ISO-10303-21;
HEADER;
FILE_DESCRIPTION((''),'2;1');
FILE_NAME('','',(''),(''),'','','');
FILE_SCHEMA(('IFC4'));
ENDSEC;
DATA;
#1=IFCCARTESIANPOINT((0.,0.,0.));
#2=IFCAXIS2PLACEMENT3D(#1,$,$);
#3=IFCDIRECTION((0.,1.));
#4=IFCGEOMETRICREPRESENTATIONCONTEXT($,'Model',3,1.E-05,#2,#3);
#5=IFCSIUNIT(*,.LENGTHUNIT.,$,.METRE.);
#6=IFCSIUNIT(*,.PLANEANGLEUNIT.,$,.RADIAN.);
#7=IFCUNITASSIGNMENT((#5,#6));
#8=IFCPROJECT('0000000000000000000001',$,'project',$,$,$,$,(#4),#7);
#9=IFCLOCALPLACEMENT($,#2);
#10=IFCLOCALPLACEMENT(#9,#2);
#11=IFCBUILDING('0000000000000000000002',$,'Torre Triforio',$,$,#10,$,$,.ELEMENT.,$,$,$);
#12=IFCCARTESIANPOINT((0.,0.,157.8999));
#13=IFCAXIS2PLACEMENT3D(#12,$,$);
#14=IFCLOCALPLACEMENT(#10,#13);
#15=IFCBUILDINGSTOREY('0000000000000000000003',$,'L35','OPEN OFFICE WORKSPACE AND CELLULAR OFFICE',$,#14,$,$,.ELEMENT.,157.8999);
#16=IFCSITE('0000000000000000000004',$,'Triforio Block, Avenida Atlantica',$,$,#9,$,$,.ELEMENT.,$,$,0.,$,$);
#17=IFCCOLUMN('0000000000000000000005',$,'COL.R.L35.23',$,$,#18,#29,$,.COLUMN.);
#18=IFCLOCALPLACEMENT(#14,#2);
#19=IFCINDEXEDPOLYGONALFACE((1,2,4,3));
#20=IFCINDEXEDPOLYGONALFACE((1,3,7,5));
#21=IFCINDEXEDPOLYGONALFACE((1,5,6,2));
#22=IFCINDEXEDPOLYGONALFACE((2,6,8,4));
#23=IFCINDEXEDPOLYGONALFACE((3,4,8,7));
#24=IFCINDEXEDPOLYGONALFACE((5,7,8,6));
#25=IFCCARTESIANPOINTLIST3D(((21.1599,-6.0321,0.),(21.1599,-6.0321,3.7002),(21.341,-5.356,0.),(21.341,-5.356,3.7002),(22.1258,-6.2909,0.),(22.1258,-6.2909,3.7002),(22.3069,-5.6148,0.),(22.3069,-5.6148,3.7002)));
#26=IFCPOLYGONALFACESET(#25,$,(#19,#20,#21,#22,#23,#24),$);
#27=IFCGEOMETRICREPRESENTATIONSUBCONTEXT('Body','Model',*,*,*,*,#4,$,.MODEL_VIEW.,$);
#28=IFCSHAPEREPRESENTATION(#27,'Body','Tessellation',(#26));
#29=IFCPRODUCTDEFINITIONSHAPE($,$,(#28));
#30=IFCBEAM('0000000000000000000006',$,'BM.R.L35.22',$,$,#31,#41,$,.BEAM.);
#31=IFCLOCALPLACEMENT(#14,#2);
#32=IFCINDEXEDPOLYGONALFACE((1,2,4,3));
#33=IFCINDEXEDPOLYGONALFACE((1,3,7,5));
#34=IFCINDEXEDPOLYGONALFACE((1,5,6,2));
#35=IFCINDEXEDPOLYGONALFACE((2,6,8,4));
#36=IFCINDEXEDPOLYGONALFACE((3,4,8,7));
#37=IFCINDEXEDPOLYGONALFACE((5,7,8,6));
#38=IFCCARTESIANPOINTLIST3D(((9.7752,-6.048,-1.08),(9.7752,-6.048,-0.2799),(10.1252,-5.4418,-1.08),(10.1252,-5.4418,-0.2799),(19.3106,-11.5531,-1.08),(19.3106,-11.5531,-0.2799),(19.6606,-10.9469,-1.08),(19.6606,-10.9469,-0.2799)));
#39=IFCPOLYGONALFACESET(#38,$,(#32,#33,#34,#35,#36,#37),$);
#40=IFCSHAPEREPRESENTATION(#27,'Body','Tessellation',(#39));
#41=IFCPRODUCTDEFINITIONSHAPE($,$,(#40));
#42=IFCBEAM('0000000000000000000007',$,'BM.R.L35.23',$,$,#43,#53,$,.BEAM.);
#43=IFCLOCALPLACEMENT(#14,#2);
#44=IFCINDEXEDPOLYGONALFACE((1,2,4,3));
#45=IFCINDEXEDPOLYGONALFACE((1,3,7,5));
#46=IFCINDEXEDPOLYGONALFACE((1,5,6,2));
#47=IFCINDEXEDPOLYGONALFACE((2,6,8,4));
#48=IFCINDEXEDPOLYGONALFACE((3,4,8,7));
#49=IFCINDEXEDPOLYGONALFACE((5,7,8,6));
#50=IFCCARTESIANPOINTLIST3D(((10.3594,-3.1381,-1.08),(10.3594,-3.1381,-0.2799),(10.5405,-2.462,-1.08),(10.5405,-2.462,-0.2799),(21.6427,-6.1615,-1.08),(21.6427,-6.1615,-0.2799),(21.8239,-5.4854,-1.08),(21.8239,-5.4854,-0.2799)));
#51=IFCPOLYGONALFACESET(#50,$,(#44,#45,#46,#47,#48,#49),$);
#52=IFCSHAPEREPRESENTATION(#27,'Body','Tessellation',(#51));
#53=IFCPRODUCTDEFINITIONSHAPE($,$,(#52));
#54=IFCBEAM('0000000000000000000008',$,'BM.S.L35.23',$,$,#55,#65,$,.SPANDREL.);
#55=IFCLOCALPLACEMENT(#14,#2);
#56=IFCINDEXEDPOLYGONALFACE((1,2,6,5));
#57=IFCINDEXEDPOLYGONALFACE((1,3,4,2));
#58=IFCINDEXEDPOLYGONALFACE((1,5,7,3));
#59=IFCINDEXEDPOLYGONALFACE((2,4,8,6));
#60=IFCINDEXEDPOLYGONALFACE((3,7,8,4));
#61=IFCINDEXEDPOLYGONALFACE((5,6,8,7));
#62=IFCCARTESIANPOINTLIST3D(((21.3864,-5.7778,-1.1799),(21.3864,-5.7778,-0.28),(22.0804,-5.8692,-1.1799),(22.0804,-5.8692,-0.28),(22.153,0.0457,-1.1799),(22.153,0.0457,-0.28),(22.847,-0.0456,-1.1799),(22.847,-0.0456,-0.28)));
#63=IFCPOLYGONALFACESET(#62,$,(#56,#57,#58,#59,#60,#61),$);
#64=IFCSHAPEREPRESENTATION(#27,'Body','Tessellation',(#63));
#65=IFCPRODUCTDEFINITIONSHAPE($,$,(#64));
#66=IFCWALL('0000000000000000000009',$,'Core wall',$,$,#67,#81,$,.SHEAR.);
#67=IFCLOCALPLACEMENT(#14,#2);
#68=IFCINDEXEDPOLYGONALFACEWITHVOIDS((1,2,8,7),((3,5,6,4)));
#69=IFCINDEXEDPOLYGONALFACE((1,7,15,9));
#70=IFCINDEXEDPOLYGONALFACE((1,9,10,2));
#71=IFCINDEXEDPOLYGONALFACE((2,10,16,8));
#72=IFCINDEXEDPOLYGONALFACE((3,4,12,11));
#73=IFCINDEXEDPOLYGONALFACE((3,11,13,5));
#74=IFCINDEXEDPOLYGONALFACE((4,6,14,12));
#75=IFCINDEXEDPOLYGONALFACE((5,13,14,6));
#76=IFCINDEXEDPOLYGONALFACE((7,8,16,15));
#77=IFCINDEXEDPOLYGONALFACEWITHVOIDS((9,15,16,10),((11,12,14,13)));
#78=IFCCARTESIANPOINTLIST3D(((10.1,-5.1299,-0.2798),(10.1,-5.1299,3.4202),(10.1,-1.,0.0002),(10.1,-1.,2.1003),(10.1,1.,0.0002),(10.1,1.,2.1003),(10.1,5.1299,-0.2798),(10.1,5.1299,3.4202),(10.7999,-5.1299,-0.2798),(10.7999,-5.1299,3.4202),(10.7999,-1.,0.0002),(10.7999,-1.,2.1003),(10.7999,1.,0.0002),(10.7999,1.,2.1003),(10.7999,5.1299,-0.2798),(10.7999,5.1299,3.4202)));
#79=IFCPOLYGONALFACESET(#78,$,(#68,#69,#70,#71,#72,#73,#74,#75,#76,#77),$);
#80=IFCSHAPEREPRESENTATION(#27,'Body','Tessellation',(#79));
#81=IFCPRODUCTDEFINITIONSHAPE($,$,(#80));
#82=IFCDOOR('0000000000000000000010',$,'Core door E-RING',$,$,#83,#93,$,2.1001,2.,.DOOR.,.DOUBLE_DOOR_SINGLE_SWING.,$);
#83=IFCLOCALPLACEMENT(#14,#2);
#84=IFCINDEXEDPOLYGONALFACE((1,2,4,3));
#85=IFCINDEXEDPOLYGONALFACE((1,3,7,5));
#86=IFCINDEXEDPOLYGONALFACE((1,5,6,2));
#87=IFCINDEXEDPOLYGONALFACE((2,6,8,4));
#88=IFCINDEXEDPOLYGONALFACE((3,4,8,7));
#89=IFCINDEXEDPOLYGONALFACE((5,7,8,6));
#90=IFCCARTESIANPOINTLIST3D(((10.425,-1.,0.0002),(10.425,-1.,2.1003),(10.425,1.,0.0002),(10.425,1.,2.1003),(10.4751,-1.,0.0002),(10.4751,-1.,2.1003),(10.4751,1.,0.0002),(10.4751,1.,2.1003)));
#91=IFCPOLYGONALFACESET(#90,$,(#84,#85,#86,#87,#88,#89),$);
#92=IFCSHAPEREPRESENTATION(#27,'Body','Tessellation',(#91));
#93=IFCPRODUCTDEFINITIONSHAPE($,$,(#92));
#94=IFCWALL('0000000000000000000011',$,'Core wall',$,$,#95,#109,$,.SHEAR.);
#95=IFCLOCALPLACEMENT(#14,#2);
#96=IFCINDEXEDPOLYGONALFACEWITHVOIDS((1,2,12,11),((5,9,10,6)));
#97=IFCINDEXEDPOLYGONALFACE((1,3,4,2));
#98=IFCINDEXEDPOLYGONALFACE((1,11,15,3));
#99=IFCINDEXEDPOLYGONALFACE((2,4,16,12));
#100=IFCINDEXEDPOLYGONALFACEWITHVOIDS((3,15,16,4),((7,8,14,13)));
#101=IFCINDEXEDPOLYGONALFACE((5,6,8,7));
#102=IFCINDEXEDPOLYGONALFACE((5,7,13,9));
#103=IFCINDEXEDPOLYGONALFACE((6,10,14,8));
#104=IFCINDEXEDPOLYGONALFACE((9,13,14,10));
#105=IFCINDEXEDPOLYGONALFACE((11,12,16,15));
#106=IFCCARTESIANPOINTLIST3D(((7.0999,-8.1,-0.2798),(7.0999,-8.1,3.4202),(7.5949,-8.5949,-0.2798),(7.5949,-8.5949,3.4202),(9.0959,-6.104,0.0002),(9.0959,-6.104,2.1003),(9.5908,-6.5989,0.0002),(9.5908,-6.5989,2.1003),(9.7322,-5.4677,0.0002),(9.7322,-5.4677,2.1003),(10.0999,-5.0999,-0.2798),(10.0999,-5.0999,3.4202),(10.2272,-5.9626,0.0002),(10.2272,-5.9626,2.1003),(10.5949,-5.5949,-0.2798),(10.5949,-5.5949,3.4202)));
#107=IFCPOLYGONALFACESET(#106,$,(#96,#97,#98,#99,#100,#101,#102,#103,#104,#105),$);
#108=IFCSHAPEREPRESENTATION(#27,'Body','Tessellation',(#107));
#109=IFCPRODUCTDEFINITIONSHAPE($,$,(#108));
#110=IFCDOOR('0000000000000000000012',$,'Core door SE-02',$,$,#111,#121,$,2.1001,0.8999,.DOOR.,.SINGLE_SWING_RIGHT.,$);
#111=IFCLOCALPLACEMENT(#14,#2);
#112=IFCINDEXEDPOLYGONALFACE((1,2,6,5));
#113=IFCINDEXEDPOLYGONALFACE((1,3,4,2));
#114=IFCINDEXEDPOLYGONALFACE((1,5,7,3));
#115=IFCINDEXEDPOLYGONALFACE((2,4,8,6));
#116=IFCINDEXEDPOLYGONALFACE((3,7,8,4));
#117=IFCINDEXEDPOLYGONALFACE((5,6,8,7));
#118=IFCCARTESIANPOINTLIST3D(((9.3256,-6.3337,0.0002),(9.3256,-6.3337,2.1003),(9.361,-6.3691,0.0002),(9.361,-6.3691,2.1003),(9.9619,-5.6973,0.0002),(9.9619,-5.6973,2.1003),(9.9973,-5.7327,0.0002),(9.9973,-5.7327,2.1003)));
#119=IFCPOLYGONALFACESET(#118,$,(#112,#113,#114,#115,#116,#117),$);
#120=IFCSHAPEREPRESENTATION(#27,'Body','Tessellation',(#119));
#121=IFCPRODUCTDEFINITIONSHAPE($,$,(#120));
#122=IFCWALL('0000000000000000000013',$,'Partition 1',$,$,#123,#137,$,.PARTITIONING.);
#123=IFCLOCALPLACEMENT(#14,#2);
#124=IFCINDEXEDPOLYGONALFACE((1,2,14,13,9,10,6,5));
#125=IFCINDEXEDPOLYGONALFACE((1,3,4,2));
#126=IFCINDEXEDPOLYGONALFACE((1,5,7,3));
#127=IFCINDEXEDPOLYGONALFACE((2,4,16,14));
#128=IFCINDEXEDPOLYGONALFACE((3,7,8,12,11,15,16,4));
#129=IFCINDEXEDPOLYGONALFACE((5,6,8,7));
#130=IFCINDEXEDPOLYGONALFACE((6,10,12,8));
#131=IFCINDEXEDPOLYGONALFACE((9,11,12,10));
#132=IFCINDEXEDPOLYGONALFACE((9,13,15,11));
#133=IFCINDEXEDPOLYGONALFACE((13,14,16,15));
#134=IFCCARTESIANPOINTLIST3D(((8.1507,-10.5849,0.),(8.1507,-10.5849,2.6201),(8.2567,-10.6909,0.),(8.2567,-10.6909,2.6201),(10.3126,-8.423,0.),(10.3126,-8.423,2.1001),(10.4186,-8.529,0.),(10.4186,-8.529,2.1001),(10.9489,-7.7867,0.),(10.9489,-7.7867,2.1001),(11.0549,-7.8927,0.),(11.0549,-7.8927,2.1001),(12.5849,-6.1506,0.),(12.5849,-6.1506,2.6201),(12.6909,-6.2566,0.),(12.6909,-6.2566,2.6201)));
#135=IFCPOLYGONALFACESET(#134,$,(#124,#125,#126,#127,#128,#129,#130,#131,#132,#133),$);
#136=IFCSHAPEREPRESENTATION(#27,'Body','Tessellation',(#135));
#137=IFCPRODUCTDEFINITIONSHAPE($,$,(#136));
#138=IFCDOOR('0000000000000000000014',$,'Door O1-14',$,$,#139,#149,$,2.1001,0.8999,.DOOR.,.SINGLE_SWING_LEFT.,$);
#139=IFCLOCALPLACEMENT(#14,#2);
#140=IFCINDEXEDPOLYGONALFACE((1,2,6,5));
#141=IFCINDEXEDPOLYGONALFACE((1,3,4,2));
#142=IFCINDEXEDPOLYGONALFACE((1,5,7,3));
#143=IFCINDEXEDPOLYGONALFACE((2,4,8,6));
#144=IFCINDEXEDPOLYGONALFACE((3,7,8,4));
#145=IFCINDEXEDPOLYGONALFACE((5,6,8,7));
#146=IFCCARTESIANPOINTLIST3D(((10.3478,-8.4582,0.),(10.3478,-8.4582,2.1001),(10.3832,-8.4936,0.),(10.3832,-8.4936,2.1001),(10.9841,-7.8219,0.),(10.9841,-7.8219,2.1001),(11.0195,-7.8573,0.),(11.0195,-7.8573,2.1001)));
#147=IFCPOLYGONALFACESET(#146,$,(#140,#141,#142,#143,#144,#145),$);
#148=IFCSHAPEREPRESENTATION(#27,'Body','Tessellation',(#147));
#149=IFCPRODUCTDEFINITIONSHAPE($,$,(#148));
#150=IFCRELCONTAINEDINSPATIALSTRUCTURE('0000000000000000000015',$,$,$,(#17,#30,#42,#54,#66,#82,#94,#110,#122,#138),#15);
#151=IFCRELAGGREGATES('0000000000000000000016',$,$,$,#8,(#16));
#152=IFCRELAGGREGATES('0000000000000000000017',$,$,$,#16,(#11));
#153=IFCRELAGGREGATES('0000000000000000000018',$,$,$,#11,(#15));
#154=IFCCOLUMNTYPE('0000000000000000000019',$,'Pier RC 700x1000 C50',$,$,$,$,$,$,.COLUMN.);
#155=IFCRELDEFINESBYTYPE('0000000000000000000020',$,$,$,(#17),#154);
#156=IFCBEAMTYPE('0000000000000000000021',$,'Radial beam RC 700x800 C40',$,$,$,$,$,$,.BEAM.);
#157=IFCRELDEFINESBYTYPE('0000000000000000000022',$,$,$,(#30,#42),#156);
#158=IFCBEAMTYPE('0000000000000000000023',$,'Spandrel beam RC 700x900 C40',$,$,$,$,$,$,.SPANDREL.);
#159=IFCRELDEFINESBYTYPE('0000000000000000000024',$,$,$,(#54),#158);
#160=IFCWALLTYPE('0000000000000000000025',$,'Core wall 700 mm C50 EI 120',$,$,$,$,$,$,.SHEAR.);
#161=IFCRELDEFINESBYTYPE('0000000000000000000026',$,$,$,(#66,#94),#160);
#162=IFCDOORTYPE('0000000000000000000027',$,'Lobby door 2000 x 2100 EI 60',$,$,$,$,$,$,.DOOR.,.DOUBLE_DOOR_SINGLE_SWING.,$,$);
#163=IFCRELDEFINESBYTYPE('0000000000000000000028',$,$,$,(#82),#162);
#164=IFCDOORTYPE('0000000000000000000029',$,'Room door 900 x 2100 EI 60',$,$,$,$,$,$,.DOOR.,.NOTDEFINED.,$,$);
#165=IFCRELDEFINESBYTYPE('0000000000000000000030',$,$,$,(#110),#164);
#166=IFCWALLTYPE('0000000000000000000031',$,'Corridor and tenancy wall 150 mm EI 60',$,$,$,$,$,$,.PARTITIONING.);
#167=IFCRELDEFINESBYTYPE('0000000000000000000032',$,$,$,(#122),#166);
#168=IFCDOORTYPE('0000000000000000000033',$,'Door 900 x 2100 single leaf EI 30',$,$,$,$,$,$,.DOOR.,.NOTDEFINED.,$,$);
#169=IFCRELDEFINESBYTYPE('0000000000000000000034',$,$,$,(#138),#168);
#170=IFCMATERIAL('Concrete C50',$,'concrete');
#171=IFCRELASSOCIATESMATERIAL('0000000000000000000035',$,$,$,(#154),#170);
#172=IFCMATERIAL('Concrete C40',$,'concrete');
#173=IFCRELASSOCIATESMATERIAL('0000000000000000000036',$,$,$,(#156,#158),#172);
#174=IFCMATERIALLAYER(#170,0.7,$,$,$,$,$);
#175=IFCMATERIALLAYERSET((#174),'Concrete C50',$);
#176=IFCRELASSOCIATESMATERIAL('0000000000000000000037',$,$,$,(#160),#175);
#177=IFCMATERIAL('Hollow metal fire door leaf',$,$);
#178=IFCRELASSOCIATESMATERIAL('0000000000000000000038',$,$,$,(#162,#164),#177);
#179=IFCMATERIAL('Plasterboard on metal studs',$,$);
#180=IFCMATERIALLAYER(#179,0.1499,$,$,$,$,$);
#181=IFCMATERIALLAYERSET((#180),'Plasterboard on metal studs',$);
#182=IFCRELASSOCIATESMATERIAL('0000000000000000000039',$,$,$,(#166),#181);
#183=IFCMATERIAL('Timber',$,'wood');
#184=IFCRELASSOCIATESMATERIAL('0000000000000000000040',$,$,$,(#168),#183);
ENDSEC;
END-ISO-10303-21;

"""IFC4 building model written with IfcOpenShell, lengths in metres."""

from ifc_helpers import new_model, si_unit, direction, frame, frame_2d, origin, origin_2d, place, context, subcontext, project, spatial, rectangle, extrude, material, layer, layer_set, material_profile, profile_set, type_object, element, fill, save


model = new_model("IFC4")

# Units and contexts
model_context = context("Model", 3, precision=1e-05, world=origin(), true_north=direction((0.0, 1.0)))
body_context = subcontext(model_context, "Body", "Model", "MODEL_VIEW")
ifc_project = project(units=[si_unit("LENGTHUNIT", "METRE"), si_unit("PLANEANGLEUNIT", "RADIAN")], contexts=[model_context])

# Site, building, storey
site_placement = place(None, origin())
site = spatial("IfcSite", under=ifc_project, at=site_placement, Name="Triforio Block, Avenida Atlantica", CompositionType="ELEMENT", RefElevation=0.0)
building_placement = place(site_placement, origin())
building = spatial("IfcBuilding", under=site, at=building_placement, Name="Torre Triforio", CompositionType="ELEMENT")
storey_placement = place(building_placement, frame((0.0, 0.0, 157.8999)))
storey = spatial("IfcBuildingStorey", under=building, at=storey_placement, Name="L35", Description="OPEN OFFICE WORKSPACE AND CELLULAR OFFICE", CompositionType="ELEMENT", Elevation=157.8999)

# Column
ifc_material_1 = material(Name="Concrete C50", Category="concrete")
ifc_material_profile_1 = material_profile(ifc_material_1, rectangle(XDim=0.7, YDim=1.0, at=origin_2d()), Name="RC 700x1000")
ifc_profile_set_1 = profile_set([ifc_material_profile_1], Name="Concrete C50")
column_type = type_object("IfcColumnType", Name="Pier RC 700x1000 C50", PredefinedType="COLUMN", material=ifc_profile_set_1)
column_placement = place(storey_placement, frame((21.7334, -5.8235, 0.0), z_axis=(0.0, 0.0, 1.0), x_axis=(0.258819, 0.965926, 0.0)))
element("IfcColumn", 1, at=column_placement, inside=storey, type_object=column_type, Name="COL.R.L35.23", PredefinedType="COLUMN", context=body_context, shape_type="SweptSolid", body=[
    extrude(rectangle(XDim=0.7, YDim=1.0, at=origin_2d()), origin(), (0.0, 0.0, 1.0), 3.7002),
])

# Beams
ifc_material_2 = material(Name="Concrete C40", Category="concrete")
ifc_material_profile_2 = material_profile(ifc_material_2, rectangle(XDim=0.7, YDim=0.8, at=origin_2d()), Name="RC 700x800")
ifc_profile_set_2 = profile_set([ifc_material_profile_2], Name="Concrete C40")
beam_type_1 = type_object("IfcBeamType", Name="Radial beam RC 700x800 C40", PredefinedType="BEAM", material=ifc_profile_set_2)
beam_1_placement = place(storey_placement, frame((9.9502, -5.7449, -0.6799), z_axis=(0.866031, -0.499991, 0.0), x_axis=(0.499991, 0.866031, 0.0)))
element("IfcBeam", 2, at=beam_1_placement, inside=storey, type_object=beam_type_1, Name="BM.R.L35.22", PredefinedType="BEAM", context=body_context, shape_type="SweptSolid", body=[
    extrude(rectangle(XDim=0.7, YDim=0.8, at=origin_2d()), origin(), (0.0, 0.0, 1.0), 11.0105),
])
beam_2_placement = place(storey_placement, frame((10.45, -2.8, -0.6799), z_axis=(0.965925, -0.258823, 0.0), x_axis=(0.258823, 0.965925, 0.0)))
element("IfcBeam", 3, at=beam_2_placement, inside=storey, type_object=beam_type_1, Name="BM.R.L35.23", PredefinedType="BEAM", context=body_context, shape_type="SweptSolid", body=[
    extrude(rectangle(XDim=0.7, YDim=0.8, at=origin_2d()), origin(), (0.0, 0.0, 1.0), 11.6814),
])
ifc_material_profile_3 = material_profile(ifc_material_2, rectangle(XDim=0.7, YDim=0.8999, at=origin_2d()), Name="RC 700x900")
ifc_profile_set_3 = profile_set([ifc_material_profile_3], Name="Concrete C40")
beam_type_2 = type_object("IfcBeamType", Name="Spandrel beam RC 700x900 C40", PredefinedType="SPANDREL", material=ifc_profile_set_3)
beam_3_placement = place(storey_placement, frame((21.7334, -5.8235, -0.73), z_axis=(0.130514, 0.991447, 0.0), x_axis=(-0.991447, 0.130514, 0.0)))
element("IfcBeam", 4, at=beam_3_placement, inside=storey, type_object=beam_type_2, Name="BM.S.L35.23", PredefinedType="SPANDREL", context=body_context, shape_type="SweptSolid", body=[
    extrude(rectangle(XDim=0.7, YDim=0.8999, at=origin_2d()), origin(), (0.0, 0.0, 1.0), 5.8738),
])

# Walls, openings, doors
ifc_layer_1 = layer(ifc_material_1, 0.7)
ifc_layer_set_1 = layer_set([ifc_layer_1], Name="Concrete C50")
wall_type_1 = type_object("IfcWallType", Name="Core wall 700 mm C50 EI 120", PredefinedType="SHEAR", material=ifc_layer_set_1)
wall_1_placement = place(storey_placement, frame((10.45, -5.1299, -0.2798), z_axis=(0.0, 0.0, 1.0), x_axis=(0.0, 1.0, 0.0)))
wall_1 = element("IfcWall", 5, at=wall_1_placement, inside=storey, type_object=wall_type_1, Name="Core wall", PredefinedType="SHEAR", context=body_context, shape_type="SweptSolid", body=[
    extrude(rectangle(XDim=10.2598, YDim=0.7, at=frame_2d((5.1299, 0.0))), origin(), (0.0, 0.0, 1.0), 3.7),
])
opening_1_placement = place(wall_1_placement, frame((4.1299, 0.0, 0.28)))
opening_1 = element("IfcOpeningElement", 6, at=opening_1_placement, cuts=wall_1, PredefinedType="OPENING", context=body_context, shape_type="SweptSolid", body=[
    extrude(rectangle(XDim=2.0, YDim=2.1001, at=frame_2d((1.0, 1.05))), frame((0.0, 0.3599, 0.0), z_axis=(0.0, -1.0, 0.0), x_axis=(1.0, 0.0, 0.0)), (0.0, 0.0, 1.0), 0.72),
])
ifc_material_3 = material(Name="Hollow metal fire door leaf")
door_type_1 = type_object("IfcDoorType", Name="Lobby door 2000 x 2100 EI 60", OperationType="DOUBLE_DOOR_SINGLE_SWING", PredefinedType="DOOR", material=ifc_material_3)
door_1_placement = place(opening_1_placement, origin())
door_1 = element("IfcDoor", 7, at=door_1_placement, inside=storey, type_object=door_type_1, Name="Core door E-RING", OperationType="DOUBLE_DOOR_SINGLE_SWING", OverallHeight=2.1001, OverallWidth=2.0, PredefinedType="DOOR", context=body_context, shape_type="SweptSolid", body=[
    extrude(rectangle(XDim=2.0, YDim=2.1001, at=frame_2d((1.0, 1.05))), frame((0.0, 0.0249, 0.0), z_axis=(0.0, -1.0, 0.0), x_axis=(1.0, 0.0, 0.0)), (0.0, 0.0, 1.0), 0.05),
])
fill(opening_1, door_1)
wall_2_placement = place(storey_placement, frame((10.3474, -5.3474, -0.2798), z_axis=(0.0, 0.0, 1.0), x_axis=(-0.707107, -0.707107, 0.0)))
wall_2 = element("IfcWall", 8, at=wall_2_placement, inside=storey, type_object=wall_type_1, Name="Core wall", PredefinedType="SHEAR", context=body_context, shape_type="SweptSolid", body=[
    extrude(rectangle(XDim=4.2427, YDim=0.7, at=frame_2d((2.1213, 0.0))), origin(), (0.0, 0.0, 1.0), 3.7),
])
opening_2_placement = place(wall_2_placement, frame((0.52, 0.0, 0.28)))
opening_2 = element("IfcOpeningElement", 9, at=opening_2_placement, cuts=wall_2, PredefinedType="OPENING", context=body_context, shape_type="SweptSolid", body=[
    extrude(rectangle(XDim=0.8999, YDim=2.1001, at=frame_2d((0.45, 1.05))), frame((0.0, 0.3599, 0.0), z_axis=(0.0, -1.0, 0.0), x_axis=(1.0, 0.0, 0.0)), (0.0, 0.0, 1.0), 0.72),
])
door_type_2 = type_object("IfcDoorType", Name="Room door 900 x 2100 EI 60", OperationType="NOTDEFINED", PredefinedType="DOOR", material=ifc_material_3)
door_2_placement = place(opening_2_placement, origin())
door_2 = element("IfcDoor", 10, at=door_2_placement, inside=storey, type_object=door_type_2, Name="Core door SE-02", OperationType="SINGLE_SWING_RIGHT", OverallHeight=2.1001, OverallWidth=0.8999, PredefinedType="DOOR", context=body_context, shape_type="SweptSolid", body=[
    extrude(rectangle(XDim=0.8999, YDim=2.1001, at=frame_2d((0.45, 1.05))), frame((0.0, 0.0249, 0.0), z_axis=(0.0, -1.0, 0.0), x_axis=(1.0, 0.0, 0.0)), (0.0, 0.0, 1.0), 0.05),
])
fill(opening_2, door_2)
ifc_material_4 = material(Name="Plasterboard on metal studs")
ifc_layer_2 = layer(ifc_material_4, 0.1499)
ifc_layer_set_2 = layer_set([ifc_layer_2], Name="Plasterboard on metal studs")
wall_type_2 = type_object("IfcWallType", Name="Corridor and tenancy wall 150 mm EI 60", PredefinedType="PARTITIONING", material=ifc_layer_set_2)
wall_3_placement = place(storey_placement, frame((12.6379, -6.2036, 0.0), z_axis=(0.0, 0.0, 1.0), x_axis=(-0.707107, -0.707107, 0.0)))
wall_3 = element("IfcWall", 11, at=wall_3_placement, inside=storey, type_object=wall_type_2, Name="Partition 1", PredefinedType="PARTITIONING", context=body_context, shape_type="SweptSolid", body=[
    extrude(rectangle(XDim=6.271, YDim=0.1499, at=frame_2d((3.1355, 0.0))), origin(), (0.0, 0.0, 1.0), 2.6201),
])
opening_3_placement = place(wall_3_placement, frame((2.3137, 0.0, 0.0)))
opening_3 = element("IfcOpeningElement", 12, at=opening_3_placement, cuts=wall_3, PredefinedType="OPENING", context=body_context, shape_type="SweptSolid", body=[
    extrude(rectangle(XDim=0.8999, YDim=2.1001, at=frame_2d((0.45, 1.05))), frame((0.0, 0.085, 0.0), z_axis=(0.0, -1.0, 0.0), x_axis=(1.0, 0.0, 0.0)), (0.0, 0.0, 1.0), 0.1699),
])
ifc_material_5 = material(Name="Timber", Category="wood")
door_type_3 = type_object("IfcDoorType", Name="Door 900 x 2100 single leaf EI 30", OperationType="NOTDEFINED", PredefinedType="DOOR", material=ifc_material_5)
door_3_placement = place(opening_3_placement, origin())
door_3 = element("IfcDoor", 13, at=door_3_placement, inside=storey, type_object=door_type_3, Name="Door O1-14", OperationType="SINGLE_SWING_LEFT", OverallHeight=2.1001, OverallWidth=0.8999, PredefinedType="DOOR", context=body_context, shape_type="SweptSolid", body=[
    extrude(rectangle(XDim=0.8999, YDim=2.1001, at=frame_2d((0.45, 1.05))), frame((0.0, 0.0249, 0.0), z_axis=(0.0, -1.0, 0.0), x_axis=(1.0, 0.0, 0.0)), (0.0, 0.0, 1.0), 0.05),
])
fill(opening_3, door_3)

save(model, "model.ifc")
